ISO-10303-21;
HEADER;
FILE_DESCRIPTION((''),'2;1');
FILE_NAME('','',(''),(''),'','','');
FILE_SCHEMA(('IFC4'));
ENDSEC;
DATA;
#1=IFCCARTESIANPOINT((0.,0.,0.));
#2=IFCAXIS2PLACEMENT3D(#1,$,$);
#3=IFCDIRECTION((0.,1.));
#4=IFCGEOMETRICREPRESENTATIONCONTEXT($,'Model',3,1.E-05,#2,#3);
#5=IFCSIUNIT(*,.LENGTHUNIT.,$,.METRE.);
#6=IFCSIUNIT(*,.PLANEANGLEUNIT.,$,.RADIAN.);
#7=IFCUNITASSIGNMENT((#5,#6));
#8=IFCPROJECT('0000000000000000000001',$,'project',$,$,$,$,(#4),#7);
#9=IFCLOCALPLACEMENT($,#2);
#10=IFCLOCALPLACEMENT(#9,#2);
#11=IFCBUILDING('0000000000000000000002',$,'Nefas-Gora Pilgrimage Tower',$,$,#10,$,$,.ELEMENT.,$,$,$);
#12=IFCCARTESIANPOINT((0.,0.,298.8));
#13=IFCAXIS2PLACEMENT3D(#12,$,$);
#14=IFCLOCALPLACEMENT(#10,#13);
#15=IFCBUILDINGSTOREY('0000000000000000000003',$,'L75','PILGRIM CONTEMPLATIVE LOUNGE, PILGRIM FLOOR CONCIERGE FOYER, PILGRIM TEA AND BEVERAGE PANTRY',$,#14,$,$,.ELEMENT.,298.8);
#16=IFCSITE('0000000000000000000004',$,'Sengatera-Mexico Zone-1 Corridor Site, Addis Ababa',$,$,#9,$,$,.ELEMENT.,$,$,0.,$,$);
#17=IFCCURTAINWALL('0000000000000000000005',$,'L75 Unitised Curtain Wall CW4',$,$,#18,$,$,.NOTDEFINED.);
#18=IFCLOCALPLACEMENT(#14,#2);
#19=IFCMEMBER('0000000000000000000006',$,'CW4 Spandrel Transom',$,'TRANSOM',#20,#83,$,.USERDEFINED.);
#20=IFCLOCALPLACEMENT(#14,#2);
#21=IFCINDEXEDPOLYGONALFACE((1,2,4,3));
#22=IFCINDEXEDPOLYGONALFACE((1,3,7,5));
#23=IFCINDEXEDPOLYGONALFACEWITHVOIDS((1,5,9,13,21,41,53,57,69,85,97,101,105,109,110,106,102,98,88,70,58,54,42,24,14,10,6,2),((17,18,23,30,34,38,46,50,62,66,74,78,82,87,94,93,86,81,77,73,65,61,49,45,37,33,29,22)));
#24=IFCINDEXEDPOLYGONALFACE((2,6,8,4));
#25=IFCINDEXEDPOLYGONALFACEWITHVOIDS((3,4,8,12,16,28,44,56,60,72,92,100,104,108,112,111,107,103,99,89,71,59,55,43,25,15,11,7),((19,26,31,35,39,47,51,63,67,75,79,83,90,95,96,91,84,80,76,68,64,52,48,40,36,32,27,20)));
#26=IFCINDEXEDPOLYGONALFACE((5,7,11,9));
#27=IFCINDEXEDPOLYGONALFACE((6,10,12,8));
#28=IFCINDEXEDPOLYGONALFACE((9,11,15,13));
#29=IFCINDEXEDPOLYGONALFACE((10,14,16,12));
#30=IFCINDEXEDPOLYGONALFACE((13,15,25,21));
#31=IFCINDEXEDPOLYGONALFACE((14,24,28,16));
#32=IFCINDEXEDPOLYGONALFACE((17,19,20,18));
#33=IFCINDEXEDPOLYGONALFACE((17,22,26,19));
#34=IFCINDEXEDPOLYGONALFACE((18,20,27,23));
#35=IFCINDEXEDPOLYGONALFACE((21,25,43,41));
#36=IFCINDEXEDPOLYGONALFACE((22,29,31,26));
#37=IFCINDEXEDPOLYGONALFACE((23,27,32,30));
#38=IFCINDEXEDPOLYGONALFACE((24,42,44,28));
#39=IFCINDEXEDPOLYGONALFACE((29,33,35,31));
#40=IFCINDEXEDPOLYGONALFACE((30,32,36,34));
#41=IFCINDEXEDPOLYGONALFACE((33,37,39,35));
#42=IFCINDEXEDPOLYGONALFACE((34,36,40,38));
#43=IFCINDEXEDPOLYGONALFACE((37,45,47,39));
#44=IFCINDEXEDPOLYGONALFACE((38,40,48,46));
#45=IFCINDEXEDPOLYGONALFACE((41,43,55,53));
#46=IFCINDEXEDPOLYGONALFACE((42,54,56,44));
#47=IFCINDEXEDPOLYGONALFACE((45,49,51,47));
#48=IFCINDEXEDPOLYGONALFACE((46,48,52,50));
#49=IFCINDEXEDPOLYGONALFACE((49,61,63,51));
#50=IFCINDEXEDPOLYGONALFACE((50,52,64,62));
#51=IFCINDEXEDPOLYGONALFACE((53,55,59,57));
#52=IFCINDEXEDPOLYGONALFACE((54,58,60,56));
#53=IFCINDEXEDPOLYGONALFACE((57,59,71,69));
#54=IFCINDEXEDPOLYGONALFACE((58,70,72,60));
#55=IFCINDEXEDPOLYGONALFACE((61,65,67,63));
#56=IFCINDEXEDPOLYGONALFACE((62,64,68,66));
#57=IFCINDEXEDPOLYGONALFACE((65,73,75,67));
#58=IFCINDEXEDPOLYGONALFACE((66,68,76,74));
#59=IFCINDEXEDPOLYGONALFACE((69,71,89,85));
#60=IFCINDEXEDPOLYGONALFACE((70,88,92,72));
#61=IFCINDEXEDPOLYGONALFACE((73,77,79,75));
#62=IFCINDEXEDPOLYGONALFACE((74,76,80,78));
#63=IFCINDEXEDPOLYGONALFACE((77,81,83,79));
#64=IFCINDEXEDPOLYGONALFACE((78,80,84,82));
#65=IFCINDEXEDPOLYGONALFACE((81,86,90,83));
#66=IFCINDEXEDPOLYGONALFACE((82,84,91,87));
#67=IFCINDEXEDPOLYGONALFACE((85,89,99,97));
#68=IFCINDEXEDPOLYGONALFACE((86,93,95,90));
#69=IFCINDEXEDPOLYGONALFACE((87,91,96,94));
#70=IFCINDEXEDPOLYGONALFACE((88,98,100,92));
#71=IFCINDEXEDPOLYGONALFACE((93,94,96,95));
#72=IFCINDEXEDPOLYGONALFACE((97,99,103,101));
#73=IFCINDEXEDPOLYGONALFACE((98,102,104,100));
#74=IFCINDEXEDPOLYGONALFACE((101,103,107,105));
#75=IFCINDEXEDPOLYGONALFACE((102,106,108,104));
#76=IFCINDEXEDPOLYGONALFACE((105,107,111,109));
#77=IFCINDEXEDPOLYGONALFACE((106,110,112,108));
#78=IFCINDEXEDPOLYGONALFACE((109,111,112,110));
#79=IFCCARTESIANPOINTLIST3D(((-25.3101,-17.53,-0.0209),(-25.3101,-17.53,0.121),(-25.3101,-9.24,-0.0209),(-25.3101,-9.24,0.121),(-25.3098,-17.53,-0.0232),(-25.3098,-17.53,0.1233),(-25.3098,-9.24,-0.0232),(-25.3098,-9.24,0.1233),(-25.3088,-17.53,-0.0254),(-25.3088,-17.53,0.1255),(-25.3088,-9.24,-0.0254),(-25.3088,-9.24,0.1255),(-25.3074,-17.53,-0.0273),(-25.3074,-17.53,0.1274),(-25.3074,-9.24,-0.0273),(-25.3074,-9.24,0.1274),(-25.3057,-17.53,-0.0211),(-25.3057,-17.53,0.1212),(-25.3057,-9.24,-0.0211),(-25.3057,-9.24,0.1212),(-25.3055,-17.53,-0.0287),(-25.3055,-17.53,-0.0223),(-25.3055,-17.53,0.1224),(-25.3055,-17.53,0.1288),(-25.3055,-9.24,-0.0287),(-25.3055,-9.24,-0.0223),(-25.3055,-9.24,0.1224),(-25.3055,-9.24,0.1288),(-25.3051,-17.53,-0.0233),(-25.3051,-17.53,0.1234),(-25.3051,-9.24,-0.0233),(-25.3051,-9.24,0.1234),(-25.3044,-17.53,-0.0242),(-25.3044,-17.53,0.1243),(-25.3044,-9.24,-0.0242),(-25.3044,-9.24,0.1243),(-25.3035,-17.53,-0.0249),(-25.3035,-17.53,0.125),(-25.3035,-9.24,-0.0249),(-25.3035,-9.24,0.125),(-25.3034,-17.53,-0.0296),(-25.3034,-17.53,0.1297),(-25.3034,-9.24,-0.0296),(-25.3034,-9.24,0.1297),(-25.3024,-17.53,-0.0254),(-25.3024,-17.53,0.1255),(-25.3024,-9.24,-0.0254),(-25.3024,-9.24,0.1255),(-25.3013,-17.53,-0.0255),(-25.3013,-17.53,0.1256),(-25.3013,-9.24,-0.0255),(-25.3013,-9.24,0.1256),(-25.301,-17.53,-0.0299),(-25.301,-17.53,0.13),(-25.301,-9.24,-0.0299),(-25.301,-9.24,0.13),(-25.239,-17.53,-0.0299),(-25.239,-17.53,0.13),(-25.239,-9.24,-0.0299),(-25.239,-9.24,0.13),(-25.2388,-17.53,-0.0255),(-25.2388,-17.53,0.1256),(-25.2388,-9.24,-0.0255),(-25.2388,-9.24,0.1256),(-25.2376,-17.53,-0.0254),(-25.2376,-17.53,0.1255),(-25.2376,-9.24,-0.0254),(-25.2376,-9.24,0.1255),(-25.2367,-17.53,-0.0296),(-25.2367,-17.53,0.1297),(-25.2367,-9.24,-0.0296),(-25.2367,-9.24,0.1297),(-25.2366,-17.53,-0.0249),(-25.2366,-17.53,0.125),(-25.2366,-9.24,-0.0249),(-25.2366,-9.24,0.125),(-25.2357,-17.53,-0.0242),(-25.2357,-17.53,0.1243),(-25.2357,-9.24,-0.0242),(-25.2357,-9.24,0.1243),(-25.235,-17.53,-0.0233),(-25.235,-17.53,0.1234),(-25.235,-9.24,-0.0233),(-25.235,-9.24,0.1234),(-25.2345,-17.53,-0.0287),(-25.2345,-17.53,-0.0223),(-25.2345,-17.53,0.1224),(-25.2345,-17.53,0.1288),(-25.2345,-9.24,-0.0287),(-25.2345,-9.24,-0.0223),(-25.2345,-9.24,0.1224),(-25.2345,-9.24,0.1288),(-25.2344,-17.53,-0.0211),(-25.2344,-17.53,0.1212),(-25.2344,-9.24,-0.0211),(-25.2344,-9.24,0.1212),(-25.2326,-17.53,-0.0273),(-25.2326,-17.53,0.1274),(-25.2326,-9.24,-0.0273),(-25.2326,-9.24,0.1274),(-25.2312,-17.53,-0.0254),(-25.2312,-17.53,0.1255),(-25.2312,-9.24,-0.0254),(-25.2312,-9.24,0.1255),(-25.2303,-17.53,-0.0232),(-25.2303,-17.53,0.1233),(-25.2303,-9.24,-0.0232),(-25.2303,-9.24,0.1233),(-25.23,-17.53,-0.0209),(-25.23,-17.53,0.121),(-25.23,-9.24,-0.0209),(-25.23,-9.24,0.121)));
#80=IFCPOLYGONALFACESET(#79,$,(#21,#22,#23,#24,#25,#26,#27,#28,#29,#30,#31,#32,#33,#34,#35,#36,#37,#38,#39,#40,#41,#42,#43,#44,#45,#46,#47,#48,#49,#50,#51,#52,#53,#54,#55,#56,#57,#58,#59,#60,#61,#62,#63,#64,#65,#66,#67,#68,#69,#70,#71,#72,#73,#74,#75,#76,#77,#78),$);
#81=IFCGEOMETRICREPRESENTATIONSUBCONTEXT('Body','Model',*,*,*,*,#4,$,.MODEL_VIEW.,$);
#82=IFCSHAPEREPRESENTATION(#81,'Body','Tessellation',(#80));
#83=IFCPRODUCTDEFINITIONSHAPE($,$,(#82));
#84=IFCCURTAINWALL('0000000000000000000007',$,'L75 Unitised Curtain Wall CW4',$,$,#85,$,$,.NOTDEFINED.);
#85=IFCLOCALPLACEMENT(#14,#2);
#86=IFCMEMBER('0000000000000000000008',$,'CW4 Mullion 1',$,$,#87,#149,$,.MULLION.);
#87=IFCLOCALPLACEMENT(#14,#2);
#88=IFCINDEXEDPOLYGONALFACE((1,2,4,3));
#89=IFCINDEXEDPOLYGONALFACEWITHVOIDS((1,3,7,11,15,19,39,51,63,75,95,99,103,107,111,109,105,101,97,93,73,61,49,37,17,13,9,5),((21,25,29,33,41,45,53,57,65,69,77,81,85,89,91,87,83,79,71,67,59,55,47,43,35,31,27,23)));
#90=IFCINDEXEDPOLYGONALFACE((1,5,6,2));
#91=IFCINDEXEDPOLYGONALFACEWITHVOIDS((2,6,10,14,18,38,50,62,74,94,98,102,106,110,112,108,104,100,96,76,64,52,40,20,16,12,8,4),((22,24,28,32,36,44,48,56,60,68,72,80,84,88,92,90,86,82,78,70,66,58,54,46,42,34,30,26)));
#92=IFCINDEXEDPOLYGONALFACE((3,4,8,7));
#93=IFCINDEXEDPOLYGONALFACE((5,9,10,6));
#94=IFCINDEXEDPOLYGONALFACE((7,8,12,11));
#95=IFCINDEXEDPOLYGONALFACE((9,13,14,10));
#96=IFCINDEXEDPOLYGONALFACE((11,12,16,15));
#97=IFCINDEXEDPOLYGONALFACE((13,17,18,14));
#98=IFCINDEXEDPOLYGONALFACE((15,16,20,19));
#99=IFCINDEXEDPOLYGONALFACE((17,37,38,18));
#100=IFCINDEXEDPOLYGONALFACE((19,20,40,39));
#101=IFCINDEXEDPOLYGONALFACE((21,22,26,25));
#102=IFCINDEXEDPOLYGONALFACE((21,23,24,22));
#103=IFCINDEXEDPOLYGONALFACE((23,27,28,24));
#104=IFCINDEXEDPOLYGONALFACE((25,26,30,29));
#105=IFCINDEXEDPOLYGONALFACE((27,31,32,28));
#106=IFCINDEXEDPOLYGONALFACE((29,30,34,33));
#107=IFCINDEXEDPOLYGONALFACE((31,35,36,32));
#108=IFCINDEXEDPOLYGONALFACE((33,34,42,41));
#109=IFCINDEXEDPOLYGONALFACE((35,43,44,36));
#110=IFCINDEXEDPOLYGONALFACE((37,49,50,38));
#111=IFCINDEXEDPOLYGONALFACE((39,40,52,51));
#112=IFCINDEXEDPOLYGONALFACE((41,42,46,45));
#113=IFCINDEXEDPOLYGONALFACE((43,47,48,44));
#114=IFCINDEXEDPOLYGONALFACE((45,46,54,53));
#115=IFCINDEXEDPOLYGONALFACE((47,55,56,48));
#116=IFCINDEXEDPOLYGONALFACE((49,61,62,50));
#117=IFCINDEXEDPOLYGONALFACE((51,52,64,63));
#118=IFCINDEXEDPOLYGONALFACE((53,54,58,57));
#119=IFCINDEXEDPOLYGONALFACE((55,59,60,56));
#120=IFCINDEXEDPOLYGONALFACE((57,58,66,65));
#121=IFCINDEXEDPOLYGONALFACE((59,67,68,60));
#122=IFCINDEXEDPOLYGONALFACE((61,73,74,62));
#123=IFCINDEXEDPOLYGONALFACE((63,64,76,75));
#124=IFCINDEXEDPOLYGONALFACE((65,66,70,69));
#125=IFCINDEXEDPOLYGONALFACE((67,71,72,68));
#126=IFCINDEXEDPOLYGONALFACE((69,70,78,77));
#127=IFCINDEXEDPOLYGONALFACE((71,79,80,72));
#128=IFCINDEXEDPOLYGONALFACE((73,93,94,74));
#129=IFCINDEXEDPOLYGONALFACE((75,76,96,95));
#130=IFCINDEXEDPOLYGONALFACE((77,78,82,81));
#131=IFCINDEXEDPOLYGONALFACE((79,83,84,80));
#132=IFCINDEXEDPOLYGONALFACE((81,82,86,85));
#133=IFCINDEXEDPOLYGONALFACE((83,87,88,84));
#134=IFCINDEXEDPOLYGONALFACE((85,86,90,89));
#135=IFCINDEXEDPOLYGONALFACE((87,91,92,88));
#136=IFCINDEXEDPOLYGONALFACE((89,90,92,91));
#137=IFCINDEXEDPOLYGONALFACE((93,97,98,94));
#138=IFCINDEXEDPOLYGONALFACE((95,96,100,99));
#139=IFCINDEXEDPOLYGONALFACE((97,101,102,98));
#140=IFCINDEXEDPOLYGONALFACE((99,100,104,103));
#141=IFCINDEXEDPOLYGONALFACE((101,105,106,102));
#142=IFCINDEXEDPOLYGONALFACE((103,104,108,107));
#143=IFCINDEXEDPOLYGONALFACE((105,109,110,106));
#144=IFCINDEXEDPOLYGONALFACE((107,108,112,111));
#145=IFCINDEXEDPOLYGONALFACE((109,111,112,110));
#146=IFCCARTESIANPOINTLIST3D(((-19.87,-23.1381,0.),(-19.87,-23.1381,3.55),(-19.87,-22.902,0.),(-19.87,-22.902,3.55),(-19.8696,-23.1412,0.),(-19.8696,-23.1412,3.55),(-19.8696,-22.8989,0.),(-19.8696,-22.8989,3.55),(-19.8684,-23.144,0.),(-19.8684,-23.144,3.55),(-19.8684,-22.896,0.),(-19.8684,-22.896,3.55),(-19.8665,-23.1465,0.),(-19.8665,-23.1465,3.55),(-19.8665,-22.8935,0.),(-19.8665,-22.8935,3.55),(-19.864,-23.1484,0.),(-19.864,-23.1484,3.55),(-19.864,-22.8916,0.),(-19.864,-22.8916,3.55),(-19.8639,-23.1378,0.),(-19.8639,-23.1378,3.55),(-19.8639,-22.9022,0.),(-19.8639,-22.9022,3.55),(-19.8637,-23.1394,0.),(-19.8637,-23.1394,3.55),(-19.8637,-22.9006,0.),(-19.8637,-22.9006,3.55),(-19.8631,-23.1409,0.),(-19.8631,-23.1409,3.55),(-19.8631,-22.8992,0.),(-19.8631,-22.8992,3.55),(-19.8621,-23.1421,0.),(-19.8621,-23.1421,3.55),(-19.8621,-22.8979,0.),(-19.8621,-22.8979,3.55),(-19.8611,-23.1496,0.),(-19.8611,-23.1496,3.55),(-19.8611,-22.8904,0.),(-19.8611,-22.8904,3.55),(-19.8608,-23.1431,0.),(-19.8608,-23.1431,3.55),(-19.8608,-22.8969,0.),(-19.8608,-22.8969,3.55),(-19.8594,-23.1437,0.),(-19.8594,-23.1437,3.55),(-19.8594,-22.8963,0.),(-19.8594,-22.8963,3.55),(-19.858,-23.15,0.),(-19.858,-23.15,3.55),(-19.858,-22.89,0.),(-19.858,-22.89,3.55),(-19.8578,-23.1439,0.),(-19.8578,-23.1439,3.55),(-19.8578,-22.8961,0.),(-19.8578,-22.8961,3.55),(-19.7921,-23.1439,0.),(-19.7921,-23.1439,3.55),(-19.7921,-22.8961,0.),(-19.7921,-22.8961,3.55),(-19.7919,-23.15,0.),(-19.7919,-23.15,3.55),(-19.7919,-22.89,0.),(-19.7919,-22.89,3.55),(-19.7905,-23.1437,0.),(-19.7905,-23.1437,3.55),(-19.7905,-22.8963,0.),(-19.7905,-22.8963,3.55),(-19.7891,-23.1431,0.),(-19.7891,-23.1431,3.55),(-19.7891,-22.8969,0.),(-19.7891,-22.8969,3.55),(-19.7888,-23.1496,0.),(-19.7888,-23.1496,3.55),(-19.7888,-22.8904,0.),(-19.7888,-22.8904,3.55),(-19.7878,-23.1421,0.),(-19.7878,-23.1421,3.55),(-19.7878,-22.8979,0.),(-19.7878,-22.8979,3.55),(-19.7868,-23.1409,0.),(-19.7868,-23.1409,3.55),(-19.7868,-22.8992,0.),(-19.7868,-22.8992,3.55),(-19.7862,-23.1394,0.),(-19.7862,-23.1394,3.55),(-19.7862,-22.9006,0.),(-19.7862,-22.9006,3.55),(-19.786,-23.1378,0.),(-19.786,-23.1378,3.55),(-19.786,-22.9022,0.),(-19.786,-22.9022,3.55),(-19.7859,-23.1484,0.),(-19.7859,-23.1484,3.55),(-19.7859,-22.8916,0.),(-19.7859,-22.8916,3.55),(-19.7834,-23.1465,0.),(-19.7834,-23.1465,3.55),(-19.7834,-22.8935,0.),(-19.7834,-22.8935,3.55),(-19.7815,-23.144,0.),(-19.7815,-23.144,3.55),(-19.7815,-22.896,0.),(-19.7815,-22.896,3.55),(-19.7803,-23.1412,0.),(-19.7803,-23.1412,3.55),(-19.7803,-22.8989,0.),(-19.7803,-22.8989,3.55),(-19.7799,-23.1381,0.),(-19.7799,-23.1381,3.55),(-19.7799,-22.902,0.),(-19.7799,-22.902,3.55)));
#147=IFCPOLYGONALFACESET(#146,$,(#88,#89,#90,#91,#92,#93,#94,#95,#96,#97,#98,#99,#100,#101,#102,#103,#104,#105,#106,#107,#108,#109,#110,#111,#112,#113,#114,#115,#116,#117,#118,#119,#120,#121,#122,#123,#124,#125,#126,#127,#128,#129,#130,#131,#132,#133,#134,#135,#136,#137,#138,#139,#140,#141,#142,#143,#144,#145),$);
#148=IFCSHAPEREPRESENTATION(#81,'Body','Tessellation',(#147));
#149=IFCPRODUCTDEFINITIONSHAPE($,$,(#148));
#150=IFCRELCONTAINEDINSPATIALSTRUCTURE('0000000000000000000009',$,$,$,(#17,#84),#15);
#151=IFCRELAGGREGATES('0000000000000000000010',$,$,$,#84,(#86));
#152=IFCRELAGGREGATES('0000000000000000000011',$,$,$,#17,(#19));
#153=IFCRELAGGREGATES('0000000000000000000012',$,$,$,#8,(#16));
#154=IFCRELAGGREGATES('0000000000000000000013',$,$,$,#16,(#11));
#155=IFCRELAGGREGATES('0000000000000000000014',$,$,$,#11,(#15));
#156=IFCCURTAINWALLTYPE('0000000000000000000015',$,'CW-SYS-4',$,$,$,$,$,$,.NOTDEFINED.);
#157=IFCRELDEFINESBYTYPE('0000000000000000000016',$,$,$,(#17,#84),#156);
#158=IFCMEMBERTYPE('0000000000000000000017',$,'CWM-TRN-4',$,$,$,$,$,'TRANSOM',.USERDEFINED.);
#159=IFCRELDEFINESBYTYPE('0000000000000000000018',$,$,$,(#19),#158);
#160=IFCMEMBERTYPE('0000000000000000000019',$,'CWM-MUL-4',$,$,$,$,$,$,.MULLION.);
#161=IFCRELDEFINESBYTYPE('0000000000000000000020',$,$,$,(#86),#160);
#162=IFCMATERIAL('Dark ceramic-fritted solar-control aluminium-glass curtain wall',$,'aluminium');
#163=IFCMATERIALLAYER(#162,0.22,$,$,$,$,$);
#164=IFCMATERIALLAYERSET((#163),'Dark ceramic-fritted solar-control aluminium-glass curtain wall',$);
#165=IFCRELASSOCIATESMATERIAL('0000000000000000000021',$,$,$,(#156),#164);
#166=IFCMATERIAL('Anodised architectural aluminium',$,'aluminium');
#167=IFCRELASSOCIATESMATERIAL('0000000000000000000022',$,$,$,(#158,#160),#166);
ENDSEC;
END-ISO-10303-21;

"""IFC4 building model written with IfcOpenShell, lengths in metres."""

from ifc_helpers import new_model, si_unit, direction, frame, origin, origin_2d, place, context, subcontext, project, spatial, hollow_rectangle, extrude, source, transform, mapped, material, layer, layer_set, material_profile, profile_set, type_object, element, aggregate, save


model = new_model("IFC4")

# Units and contexts
model_context = context("Model", 3, precision=1e-05, world=origin(), true_north=direction((0.0, 1.0)))
body_context = subcontext(model_context, "Body", "Model", "MODEL_VIEW")
ifc_project = project(units=[si_unit("LENGTHUNIT", "METRE"), si_unit("PLANEANGLEUNIT", "RADIAN")], contexts=[model_context])

# Site, building, storey
site_placement = place(None, origin())
site = spatial("IfcSite", under=ifc_project, at=site_placement, Name="Sengatera-Mexico Zone-1 Corridor Site, Addis Ababa", CompositionType="ELEMENT", RefElevation=0.0)
building_placement = place(site_placement, origin())
building = spatial("IfcBuilding", under=site, at=building_placement, Name="Nefas-Gora Pilgrimage Tower", CompositionType="ELEMENT")
storey_placement = place(building_placement, frame((0.0, 0.0, 298.8)))
storey = spatial("IfcBuildingStorey", under=building, at=storey_placement, Name="L75", Description="PILGRIM CONTEMPLATIVE LOUNGE, PILGRIM FLOOR CONCIERGE FOYER, PILGRIM TEA AND BEVERAGE PANTRY", CompositionType="ELEMENT", Elevation=298.8)

# Curtain walls, members
ifc_material_1 = material(Name="Dark ceramic-fritted solar-control aluminium-glass curtain wall", Category="aluminium")
ifc_layer_1 = layer(ifc_material_1, 0.22)
ifc_layer_set_1 = layer_set([ifc_layer_1], Name="Dark ceramic-fritted solar-control aluminium-glass curtain wall")
curtain_wall_type = type_object("IfcCurtainWallType", Name="CW-SYS-4", PredefinedType="NOTDEFINED", material=ifc_layer_set_1)
curtain_wall_1_placement = place(storey_placement, origin())
curtain_wall_1 = element("IfcCurtainWall", 1, at=curtain_wall_1_placement, inside=storey, type_object=curtain_wall_type, Name="L75 Unitised Curtain Wall CW4", PredefinedType="NOTDEFINED")
ifc_material_2 = material(Name="Anodised architectural aluminium", Category="aluminium")
ifc_material_profile_1 = material_profile(ifc_material_2, hollow_rectangle(XDim=0.0801, YDim=0.1599, WallThickness=0.0044, InnerFilletRadius=0.0044, OuterFilletRadius=0.009, at=origin_2d()), Name="ALU TRANSOM 80x160")
ifc_profile_set_1 = profile_set([ifc_material_profile_1], Name="Anodised architectural aluminium")
member_type_1 = type_object("IfcMemberType", Name="CWM-TRN-4", ElementType="TRANSOM", PredefinedType="USERDEFINED", material=ifc_profile_set_1)
shared_shape_1 = source(origin(), body_context, "Body", "SweptSolid", [
    extrude(hollow_rectangle(XDim=0.0801, YDim=0.1599, WallThickness=0.0044, InnerFilletRadius=0.0044, OuterFilletRadius=0.009, at=origin_2d()), origin(), (0.0, 0.0, 1.0), 8.29),
])
member_1_placement = place(storey_placement, frame((-25.27, -9.24, 0.05), z_axis=(0.0, -1.0, 0.0), x_axis=(1.0, 0.0, 0.0)))
member_1 = element("IfcMember", 2, at=member_1_placement, type_object=member_type_1, Name="CW4 Spandrel Transom", ObjectType="TRANSOM", PredefinedType="USERDEFINED", context=body_context, shape_type="MappedRepresentation", body=[
    mapped(shared_shape_1, transform((0.0, 0.0, 0.0), x_axis=(1.0, 0.0, 0.0), y_axis=(0.0, 1.0, 0.0), z_axis=(0.0, 0.0, 1.0), scale=1.0)),
])
curtain_wall_2_placement = place(storey_placement, origin())
curtain_wall_2 = element("IfcCurtainWall", 3, at=curtain_wall_2_placement, inside=storey, type_object=curtain_wall_type, Name="L75 Unitised Curtain Wall CW4", PredefinedType="NOTDEFINED")
ifc_material_profile_2 = material_profile(ifc_material_2, hollow_rectangle(XDim=0.0901, YDim=0.26, WallThickness=0.0061, InnerFilletRadius=0.0061, OuterFilletRadius=0.012, at=origin_2d()), Name="ALU MULLION 90x260")
ifc_profile_set_2 = profile_set([ifc_material_profile_2], Name="Anodised architectural aluminium")
member_type_2 = type_object("IfcMemberType", Name="CWM-MUL-4", PredefinedType="MULLION", material=ifc_profile_set_2)
shared_shape_2 = source(origin(), body_context, "Body", "SweptSolid", [
    extrude(hollow_rectangle(XDim=0.0901, YDim=0.26, WallThickness=0.0061, InnerFilletRadius=0.0061, OuterFilletRadius=0.012, at=origin_2d()), origin(), (0.0, 0.0, 1.0), 3.55),
])
member_2_placement = place(storey_placement, frame((-19.825, -23.02, 0.0), z_axis=(0.0, 0.0, 1.0), x_axis=(1.0, 0.0, 0.0)))
member_2 = element("IfcMember", 4, at=member_2_placement, type_object=member_type_2, Name="CW4 Mullion 1", PredefinedType="MULLION", context=body_context, shape_type="MappedRepresentation", body=[
    mapped(shared_shape_2, transform((0.0, 0.0, 0.0), x_axis=(1.0, 0.0, 0.0), y_axis=(0.0, 1.0, 0.0), z_axis=(0.0, 0.0, 1.0), scale=1.0)),
])

aggregate(curtain_wall_2, [member_2])

aggregate(curtain_wall_1, [member_1])

save(model, "model.ifc")
